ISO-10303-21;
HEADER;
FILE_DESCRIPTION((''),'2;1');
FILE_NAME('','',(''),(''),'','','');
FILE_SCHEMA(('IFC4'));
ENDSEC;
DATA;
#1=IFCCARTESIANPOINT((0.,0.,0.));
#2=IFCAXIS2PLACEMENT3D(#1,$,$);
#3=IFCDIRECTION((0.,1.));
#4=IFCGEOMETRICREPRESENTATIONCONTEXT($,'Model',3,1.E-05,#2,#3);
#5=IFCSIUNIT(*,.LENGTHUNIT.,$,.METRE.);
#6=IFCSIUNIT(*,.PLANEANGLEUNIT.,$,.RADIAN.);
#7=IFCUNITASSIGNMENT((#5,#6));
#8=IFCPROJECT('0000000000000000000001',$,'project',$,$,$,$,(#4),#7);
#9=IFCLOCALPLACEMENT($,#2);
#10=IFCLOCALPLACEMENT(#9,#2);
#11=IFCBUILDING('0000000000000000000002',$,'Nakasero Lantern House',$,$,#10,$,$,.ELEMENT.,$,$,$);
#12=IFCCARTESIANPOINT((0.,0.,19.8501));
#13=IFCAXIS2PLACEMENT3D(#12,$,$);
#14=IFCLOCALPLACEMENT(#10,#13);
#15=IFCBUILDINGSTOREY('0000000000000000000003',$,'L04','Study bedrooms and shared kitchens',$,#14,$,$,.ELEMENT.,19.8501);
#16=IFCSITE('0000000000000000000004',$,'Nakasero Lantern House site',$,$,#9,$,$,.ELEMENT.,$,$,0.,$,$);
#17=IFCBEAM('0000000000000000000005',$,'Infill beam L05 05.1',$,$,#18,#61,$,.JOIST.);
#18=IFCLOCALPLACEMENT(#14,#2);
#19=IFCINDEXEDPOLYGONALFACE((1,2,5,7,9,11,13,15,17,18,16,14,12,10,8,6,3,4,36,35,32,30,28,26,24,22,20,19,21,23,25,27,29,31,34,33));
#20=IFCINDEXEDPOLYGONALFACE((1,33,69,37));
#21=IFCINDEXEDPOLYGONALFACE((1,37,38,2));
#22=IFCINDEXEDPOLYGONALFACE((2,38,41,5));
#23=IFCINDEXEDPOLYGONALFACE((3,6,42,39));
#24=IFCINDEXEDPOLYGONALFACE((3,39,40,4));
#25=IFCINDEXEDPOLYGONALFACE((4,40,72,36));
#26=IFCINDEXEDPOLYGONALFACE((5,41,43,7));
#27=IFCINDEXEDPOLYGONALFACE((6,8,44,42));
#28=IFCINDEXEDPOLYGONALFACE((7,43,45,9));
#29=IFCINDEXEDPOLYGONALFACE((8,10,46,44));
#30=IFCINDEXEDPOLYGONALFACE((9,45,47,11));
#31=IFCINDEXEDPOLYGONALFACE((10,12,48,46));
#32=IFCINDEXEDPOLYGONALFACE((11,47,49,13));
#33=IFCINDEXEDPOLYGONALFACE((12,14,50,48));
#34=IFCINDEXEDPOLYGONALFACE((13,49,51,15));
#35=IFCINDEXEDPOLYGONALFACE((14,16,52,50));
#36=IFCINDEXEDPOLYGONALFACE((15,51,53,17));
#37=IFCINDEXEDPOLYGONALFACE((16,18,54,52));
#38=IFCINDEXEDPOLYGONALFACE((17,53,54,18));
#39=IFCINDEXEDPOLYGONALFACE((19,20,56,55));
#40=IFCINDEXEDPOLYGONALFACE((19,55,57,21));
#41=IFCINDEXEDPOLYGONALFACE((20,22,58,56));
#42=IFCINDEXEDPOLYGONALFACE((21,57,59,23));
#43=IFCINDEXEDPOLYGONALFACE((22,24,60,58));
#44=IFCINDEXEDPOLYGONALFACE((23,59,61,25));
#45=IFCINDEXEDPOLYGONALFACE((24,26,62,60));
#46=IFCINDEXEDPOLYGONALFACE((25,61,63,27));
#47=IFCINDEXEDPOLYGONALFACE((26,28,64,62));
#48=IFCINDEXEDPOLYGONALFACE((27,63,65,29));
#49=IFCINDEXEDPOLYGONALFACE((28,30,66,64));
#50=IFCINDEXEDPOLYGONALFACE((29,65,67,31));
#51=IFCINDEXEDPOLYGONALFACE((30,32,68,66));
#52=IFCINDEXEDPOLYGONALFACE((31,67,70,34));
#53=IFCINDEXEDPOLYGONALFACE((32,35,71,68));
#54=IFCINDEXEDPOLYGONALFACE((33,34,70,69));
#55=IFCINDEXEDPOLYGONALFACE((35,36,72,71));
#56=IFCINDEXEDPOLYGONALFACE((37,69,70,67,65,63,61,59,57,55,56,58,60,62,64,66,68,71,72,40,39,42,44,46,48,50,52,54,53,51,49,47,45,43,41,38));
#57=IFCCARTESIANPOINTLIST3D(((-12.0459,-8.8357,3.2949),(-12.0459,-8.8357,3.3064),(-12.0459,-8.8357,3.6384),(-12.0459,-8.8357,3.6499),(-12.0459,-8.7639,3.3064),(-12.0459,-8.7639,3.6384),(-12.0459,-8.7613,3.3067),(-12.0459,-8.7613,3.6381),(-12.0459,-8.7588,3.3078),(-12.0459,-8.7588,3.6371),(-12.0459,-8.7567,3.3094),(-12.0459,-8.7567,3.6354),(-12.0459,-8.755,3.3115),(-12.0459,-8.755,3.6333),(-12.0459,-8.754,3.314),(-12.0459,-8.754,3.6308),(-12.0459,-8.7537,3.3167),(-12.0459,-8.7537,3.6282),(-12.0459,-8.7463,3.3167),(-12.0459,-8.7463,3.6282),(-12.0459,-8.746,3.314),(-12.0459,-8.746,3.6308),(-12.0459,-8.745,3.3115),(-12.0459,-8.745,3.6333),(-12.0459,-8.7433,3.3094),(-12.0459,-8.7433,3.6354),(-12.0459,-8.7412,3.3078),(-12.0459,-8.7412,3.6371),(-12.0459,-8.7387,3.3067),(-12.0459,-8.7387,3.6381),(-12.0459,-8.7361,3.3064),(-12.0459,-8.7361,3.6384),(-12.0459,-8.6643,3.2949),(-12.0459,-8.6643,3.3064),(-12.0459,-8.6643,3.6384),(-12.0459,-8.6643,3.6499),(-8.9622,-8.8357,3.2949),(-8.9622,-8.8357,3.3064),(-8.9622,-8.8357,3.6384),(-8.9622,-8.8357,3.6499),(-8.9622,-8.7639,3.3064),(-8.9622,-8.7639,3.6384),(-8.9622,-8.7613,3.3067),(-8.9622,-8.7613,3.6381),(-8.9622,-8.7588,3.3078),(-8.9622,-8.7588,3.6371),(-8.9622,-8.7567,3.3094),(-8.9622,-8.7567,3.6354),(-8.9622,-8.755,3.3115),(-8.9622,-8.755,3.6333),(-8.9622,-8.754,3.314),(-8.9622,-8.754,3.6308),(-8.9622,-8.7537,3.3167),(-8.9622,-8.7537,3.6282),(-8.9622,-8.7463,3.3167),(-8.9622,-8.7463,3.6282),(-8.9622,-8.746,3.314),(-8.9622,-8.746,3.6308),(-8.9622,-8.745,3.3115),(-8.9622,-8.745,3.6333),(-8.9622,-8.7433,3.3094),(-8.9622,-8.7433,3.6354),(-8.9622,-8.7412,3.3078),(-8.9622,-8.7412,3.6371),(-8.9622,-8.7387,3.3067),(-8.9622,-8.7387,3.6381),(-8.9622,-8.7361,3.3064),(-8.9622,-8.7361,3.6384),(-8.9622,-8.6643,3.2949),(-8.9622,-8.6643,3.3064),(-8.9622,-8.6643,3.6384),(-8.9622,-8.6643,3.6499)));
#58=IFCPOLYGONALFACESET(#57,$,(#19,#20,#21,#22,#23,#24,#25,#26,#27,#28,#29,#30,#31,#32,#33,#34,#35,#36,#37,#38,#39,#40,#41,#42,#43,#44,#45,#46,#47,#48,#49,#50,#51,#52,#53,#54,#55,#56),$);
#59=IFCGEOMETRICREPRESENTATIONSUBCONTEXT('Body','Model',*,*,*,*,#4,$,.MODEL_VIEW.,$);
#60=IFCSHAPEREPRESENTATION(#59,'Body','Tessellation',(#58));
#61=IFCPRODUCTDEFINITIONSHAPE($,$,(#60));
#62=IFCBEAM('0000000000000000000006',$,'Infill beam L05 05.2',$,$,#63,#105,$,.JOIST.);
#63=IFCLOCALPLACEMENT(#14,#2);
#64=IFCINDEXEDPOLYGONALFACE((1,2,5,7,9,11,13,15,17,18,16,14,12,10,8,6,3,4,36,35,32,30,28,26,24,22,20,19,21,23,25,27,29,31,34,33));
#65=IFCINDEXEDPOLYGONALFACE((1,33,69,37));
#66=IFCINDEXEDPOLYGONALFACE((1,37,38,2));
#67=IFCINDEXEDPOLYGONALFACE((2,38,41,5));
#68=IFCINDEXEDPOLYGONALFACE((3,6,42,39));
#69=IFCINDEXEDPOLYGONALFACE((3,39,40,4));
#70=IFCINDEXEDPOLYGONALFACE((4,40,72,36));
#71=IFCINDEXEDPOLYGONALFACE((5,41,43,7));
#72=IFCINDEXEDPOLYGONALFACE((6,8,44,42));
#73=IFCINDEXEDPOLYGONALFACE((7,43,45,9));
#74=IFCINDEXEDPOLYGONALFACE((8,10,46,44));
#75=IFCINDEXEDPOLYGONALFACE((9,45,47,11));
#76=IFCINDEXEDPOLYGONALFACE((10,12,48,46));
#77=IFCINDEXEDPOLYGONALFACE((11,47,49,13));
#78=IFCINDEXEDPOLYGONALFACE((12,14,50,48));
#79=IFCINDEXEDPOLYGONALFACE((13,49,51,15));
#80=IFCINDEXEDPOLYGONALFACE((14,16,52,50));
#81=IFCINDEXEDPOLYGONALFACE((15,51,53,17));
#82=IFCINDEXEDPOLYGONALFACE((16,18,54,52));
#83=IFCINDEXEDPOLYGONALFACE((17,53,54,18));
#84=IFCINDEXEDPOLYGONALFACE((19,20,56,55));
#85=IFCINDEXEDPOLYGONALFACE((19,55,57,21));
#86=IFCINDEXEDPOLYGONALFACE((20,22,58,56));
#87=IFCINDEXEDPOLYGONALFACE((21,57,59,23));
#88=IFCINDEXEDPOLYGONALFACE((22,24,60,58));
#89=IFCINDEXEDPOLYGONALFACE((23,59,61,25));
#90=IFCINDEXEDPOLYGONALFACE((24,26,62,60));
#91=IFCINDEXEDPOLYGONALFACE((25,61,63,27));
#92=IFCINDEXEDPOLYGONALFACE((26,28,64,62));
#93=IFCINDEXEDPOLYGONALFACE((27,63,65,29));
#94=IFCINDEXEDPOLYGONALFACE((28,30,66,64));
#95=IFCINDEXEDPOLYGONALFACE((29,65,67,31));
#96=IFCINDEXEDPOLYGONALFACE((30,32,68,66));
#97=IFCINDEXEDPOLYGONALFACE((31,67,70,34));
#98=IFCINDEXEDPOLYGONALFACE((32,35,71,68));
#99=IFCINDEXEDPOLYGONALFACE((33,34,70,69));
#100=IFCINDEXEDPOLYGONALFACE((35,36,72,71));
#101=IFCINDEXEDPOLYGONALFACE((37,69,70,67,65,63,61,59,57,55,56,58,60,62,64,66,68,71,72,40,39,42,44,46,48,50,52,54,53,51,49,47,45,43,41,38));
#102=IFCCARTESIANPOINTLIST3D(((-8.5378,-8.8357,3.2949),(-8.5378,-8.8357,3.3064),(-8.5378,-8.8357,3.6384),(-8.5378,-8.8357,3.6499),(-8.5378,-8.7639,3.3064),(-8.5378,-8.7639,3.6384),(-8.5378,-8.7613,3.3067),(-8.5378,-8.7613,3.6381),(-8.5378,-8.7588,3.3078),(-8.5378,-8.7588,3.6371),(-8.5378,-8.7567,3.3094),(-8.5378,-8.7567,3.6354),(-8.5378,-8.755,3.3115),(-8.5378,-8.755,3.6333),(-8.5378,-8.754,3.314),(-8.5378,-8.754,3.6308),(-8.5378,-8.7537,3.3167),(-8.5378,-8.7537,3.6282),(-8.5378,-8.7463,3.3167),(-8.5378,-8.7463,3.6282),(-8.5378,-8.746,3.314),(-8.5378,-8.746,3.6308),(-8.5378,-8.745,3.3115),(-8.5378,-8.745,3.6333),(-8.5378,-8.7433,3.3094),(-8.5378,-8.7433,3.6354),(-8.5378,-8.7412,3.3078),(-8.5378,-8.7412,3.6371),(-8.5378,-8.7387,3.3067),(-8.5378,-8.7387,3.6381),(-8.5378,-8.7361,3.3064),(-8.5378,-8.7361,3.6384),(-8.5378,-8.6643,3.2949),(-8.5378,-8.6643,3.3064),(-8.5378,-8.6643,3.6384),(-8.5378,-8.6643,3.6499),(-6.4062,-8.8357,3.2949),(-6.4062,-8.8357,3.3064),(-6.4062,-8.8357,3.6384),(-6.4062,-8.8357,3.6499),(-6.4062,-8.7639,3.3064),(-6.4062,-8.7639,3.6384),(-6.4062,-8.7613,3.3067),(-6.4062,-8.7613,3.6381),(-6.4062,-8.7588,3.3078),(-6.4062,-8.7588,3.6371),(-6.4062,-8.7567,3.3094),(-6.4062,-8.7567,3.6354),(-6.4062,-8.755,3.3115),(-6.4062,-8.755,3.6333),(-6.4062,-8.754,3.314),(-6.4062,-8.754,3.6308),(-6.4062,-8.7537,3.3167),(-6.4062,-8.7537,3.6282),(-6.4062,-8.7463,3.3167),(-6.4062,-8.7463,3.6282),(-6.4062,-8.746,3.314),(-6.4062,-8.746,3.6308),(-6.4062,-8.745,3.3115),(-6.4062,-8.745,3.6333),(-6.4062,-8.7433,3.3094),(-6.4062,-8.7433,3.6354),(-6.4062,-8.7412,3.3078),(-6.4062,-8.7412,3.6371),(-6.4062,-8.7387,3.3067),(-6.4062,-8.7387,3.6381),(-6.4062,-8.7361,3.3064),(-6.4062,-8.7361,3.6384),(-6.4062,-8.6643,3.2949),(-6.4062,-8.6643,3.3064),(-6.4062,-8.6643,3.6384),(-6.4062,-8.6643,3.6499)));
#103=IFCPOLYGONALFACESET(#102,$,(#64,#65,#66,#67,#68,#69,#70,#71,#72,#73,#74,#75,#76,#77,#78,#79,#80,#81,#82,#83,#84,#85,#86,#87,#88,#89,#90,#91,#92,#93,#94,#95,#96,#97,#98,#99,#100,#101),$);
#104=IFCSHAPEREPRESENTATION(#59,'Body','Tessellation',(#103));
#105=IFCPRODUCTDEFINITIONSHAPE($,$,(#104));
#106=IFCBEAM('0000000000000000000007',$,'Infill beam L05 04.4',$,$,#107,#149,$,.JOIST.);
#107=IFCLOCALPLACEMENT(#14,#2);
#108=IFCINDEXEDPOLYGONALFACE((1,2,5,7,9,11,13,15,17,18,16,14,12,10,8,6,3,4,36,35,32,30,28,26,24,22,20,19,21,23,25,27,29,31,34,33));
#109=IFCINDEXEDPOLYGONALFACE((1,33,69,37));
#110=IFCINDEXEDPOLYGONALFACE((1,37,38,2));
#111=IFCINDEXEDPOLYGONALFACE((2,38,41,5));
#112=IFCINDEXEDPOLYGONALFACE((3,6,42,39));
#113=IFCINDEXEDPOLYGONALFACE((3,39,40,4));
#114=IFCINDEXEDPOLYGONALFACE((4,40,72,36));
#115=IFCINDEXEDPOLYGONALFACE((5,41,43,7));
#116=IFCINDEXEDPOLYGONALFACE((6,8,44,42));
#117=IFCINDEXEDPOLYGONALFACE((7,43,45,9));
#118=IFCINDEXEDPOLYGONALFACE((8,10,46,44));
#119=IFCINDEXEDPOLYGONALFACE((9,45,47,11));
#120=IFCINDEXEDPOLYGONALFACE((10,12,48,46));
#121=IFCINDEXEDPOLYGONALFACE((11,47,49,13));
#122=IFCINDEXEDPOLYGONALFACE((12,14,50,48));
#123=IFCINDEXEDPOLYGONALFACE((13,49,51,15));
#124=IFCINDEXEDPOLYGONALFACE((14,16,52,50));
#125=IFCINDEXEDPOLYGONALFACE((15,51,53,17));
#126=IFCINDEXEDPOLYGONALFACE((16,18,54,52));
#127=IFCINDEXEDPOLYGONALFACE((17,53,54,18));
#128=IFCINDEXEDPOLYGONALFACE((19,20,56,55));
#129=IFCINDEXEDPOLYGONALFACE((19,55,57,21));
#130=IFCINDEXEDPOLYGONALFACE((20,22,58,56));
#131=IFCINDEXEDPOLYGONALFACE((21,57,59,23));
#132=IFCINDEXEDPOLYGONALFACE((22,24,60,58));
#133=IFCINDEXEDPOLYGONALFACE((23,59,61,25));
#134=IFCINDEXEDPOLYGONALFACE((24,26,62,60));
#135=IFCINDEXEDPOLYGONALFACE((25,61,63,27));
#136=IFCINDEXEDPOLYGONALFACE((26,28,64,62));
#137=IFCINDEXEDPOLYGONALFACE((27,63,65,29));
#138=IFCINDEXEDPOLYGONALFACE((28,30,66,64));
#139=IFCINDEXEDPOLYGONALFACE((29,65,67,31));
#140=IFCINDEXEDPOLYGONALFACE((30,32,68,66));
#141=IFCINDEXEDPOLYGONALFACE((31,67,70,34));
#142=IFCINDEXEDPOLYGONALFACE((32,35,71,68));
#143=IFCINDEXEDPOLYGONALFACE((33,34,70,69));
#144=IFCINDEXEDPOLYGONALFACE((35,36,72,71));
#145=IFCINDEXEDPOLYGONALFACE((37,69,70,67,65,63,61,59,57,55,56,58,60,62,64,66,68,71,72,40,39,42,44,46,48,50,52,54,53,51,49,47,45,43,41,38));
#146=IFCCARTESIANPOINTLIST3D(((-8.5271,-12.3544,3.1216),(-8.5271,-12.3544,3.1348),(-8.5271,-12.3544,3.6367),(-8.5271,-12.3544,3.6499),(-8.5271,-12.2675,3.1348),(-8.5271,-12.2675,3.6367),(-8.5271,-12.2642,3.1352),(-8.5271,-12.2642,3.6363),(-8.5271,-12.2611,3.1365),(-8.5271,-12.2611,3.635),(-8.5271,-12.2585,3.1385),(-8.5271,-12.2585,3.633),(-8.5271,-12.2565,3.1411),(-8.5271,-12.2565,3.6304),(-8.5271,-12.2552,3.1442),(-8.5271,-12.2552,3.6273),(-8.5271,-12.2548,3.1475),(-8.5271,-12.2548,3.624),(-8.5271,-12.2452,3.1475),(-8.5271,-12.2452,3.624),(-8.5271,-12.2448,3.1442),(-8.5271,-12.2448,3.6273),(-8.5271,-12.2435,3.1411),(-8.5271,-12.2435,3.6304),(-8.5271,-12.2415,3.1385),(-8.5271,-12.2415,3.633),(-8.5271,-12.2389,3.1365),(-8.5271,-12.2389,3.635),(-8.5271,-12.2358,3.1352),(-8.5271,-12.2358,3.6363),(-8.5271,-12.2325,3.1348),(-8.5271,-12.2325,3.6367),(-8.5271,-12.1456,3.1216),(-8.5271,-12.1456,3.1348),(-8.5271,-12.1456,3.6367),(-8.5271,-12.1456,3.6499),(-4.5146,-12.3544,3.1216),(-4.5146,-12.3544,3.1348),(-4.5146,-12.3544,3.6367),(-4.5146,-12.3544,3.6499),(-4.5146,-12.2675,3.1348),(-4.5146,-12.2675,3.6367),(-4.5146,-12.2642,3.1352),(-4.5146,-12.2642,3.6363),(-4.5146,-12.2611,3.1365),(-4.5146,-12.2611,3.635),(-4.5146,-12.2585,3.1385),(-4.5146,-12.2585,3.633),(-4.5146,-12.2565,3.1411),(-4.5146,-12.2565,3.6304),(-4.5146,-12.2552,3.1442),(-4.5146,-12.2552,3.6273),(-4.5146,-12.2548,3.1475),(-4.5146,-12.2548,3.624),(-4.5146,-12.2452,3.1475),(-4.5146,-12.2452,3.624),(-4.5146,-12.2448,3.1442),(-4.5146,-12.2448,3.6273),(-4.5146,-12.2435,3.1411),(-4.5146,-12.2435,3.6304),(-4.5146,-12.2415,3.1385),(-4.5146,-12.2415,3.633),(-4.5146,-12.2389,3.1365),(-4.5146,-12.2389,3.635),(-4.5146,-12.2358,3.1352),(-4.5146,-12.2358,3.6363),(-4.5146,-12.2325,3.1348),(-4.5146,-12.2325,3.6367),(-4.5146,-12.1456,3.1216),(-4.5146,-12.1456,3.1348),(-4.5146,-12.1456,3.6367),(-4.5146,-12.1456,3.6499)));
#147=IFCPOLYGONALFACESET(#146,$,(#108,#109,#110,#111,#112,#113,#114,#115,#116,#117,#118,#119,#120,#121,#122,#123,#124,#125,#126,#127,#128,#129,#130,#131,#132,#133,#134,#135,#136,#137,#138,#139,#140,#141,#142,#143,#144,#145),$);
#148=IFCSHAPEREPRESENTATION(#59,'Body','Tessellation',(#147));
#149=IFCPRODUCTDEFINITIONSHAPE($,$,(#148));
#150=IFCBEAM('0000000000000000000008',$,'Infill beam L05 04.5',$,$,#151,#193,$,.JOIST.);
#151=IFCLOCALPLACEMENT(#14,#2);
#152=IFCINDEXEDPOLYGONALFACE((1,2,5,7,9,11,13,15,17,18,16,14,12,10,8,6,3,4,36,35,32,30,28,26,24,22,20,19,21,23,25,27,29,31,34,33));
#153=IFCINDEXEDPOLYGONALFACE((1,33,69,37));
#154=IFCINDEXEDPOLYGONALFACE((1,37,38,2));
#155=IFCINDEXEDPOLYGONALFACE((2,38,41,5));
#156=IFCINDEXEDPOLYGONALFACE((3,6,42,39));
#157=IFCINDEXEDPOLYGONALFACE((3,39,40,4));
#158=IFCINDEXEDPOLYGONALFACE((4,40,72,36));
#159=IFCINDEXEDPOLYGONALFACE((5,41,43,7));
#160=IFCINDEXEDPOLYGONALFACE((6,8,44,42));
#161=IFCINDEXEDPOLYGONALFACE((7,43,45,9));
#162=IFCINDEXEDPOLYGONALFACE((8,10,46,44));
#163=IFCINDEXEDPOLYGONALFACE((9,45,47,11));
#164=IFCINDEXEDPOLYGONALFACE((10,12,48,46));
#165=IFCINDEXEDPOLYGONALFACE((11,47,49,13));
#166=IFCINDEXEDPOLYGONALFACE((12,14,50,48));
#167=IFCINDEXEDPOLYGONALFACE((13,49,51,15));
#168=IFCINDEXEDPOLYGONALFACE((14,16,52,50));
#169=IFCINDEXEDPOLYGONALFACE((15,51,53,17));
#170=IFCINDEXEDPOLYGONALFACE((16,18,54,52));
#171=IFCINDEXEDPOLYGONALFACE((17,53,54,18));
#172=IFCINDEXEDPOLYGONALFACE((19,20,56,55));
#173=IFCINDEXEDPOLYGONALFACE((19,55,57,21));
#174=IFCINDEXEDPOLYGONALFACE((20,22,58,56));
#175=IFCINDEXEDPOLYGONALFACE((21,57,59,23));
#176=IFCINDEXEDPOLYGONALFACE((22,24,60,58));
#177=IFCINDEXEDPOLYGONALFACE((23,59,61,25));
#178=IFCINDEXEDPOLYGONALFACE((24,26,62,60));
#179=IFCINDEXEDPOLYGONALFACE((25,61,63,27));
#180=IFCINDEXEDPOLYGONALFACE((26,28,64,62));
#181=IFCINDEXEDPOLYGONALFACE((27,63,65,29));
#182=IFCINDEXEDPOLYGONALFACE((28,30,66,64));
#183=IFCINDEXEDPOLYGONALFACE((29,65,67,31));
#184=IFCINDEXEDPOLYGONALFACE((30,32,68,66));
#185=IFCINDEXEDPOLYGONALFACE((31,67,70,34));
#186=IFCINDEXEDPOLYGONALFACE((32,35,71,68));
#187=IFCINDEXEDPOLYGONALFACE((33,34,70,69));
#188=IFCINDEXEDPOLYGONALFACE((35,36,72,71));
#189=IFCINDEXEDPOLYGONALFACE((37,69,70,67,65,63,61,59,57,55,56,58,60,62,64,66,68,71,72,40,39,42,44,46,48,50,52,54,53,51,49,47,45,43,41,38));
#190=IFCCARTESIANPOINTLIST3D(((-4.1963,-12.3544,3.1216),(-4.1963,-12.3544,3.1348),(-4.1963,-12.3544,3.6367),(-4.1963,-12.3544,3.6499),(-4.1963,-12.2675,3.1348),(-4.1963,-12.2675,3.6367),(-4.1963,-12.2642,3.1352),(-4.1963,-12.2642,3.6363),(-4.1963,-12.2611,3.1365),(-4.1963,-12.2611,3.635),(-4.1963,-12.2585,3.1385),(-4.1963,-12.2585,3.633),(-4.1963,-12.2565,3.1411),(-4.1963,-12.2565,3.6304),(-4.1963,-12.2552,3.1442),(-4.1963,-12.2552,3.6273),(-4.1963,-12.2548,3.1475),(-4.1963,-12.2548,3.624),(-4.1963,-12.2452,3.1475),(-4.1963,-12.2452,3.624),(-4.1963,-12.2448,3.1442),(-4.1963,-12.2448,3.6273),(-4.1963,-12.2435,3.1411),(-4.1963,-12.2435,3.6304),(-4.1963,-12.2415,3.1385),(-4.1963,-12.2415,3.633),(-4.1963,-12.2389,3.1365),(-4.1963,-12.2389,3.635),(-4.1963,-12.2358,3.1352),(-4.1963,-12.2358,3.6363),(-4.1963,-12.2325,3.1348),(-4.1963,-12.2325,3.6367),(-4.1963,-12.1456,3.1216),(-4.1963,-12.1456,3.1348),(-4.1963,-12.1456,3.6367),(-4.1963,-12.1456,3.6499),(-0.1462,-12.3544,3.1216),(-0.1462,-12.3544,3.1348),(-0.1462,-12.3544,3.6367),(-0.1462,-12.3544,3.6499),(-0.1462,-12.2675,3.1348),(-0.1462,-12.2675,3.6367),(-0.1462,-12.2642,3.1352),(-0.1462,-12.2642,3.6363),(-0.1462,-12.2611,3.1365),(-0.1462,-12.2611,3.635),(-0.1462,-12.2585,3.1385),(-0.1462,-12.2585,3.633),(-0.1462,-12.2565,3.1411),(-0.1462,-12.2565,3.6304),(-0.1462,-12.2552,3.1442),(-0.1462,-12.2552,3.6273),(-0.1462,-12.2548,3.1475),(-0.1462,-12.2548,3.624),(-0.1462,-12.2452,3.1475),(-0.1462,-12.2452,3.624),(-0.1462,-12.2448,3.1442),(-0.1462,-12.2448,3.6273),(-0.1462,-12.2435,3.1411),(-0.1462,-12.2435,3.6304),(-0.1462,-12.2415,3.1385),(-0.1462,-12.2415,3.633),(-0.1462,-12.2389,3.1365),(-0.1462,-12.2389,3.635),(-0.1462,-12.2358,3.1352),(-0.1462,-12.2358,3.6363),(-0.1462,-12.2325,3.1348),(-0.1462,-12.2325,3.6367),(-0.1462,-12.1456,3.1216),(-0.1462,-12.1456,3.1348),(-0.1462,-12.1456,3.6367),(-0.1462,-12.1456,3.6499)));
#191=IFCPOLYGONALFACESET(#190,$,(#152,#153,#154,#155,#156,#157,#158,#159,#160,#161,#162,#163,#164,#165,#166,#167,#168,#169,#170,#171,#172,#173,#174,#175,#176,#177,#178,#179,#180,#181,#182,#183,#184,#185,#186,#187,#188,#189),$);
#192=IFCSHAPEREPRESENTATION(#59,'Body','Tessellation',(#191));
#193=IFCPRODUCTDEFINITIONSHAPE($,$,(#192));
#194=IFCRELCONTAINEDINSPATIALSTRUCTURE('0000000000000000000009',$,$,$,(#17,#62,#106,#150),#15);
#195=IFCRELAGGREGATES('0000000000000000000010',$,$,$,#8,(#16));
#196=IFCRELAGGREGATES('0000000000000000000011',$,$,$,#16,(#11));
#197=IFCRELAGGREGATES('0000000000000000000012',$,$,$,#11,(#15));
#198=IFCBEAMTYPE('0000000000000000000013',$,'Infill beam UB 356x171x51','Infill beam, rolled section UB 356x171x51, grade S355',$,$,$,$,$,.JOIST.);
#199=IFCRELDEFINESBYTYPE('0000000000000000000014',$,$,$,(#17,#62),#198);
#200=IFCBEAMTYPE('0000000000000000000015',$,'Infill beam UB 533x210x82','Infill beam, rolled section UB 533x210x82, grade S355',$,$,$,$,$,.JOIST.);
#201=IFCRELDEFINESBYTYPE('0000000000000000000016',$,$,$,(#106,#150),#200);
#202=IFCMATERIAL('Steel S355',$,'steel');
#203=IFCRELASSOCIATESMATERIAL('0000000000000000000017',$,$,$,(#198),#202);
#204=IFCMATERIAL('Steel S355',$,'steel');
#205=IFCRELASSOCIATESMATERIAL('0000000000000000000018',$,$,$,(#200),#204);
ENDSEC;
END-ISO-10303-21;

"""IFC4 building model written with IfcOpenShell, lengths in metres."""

from ifc_helpers import new_model, si_unit, direction, frame, origin, origin_2d, place, context, subcontext, project, spatial, i_section, extrude, material, material_profile, profile_set, type_object, element, save


model = new_model("IFC4")

# Units and contexts
model_context = context("Model", 3, precision=1e-05, world=origin(), true_north=direction((0.0, 1.0)))
body_context = subcontext(model_context, "Body", "Model", "MODEL_VIEW")
ifc_project = project(units=[si_unit("LENGTHUNIT", "METRE"), si_unit("PLANEANGLEUNIT", "RADIAN")], contexts=[model_context])

# Site, building, storey
site_placement = place(None, origin())
site = spatial("IfcSite", under=ifc_project, at=site_placement, Name="Nakasero Lantern House site", CompositionType="ELEMENT", RefElevation=0.0)
building_placement = place(site_placement, origin())
building = spatial("IfcBuilding", under=site, at=building_placement, Name="Nakasero Lantern House", CompositionType="ELEMENT")
storey_placement = place(building_placement, frame((0.0, 0.0, 19.8501)))
storey = spatial("IfcBuildingStorey", under=building, at=storey_placement, Name="L04", Description="Study bedrooms and shared kitchens", CompositionType="ELEMENT", Elevation=19.8501)

# Beams
ifc_material_1 = material(Name="Steel S355", Category="steel")
ifc_material_profile_1 = material_profile(ifc_material_1, i_section(OverallWidth=0.1714, OverallDepth=0.355, WebThickness=0.0073, FlangeThickness=0.0115, FilletRadius=0.0103, at=origin_2d()), Name="UB 356x171x51")
ifc_profile_set_1 = profile_set([ifc_material_profile_1], Name="Steel S355")
beam_type_1 = type_object("IfcBeamType", Name="Infill beam UB 356x171x51", Description="Infill beam, rolled section UB 356x171x51, grade S355", PredefinedType="JOIST", material=ifc_profile_set_1)
beam_1_placement = place(storey_placement, frame((-12.0459, -8.75, 3.4724), z_axis=(1.0, 0.0, 0.0), x_axis=(0.0, 1.0, 0.0)))
element("IfcBeam", 1, at=beam_1_placement, inside=storey, type_object=beam_type_1, Name="Infill beam L05 05.1", PredefinedType="JOIST", context=body_context, shape_type="SweptSolid", body=[
    extrude(i_section(OverallWidth=0.1714, OverallDepth=0.355, WebThickness=0.0073, FlangeThickness=0.0115, FilletRadius=0.0103, at=origin_2d()), origin(), (0.0, 0.0, 1.0), 3.0837),
])
beam_2_placement = place(storey_placement, frame((-8.5378, -8.75, 3.4724), z_axis=(1.0, 0.0, 0.0), x_axis=(0.0, 1.0, 0.0)))
element("IfcBeam", 2, at=beam_2_placement, inside=storey, type_object=beam_type_1, Name="Infill beam L05 05.2", PredefinedType="JOIST", context=body_context, shape_type="SweptSolid", body=[
    extrude(i_section(OverallWidth=0.1714, OverallDepth=0.355, WebThickness=0.0073, FlangeThickness=0.0115, FilletRadius=0.0103, at=origin_2d()), origin(), (0.0, 0.0, 1.0), 2.1316),
])
ifc_material_2 = material(Name="Steel S355", Category="steel")
ifc_material_profile_2 = material_profile(ifc_material_2, i_section(OverallWidth=0.2087, OverallDepth=0.5283, WebThickness=0.0095, FlangeThickness=0.0132, FilletRadius=0.0127, at=origin_2d()), Name="UB 533x210x82")
ifc_profile_set_2 = profile_set([ifc_material_profile_2], Name="Steel S355")
beam_type_2 = type_object("IfcBeamType", Name="Infill beam UB 533x210x82", Description="Infill beam, rolled section UB 533x210x82, grade S355", PredefinedType="JOIST", material=ifc_profile_set_2)
beam_3_placement = place(storey_placement, frame((-8.5271, -12.25, 3.3857), z_axis=(1.0, 0.0, 0.0), x_axis=(0.0, 1.0, 0.0)))
element("IfcBeam", 3, at=beam_3_placement, inside=storey, type_object=beam_type_2, Name="Infill beam L05 04.4", PredefinedType="JOIST", context=body_context, shape_type="SweptSolid", body=[
    extrude(i_section(OverallWidth=0.2087, OverallDepth=0.5283, WebThickness=0.0095, FlangeThickness=0.0132, FilletRadius=0.0127, at=origin_2d()), origin(), (0.0, 0.0, 1.0), 4.0125),
])
beam_4_placement = place(storey_placement, frame((-4.1963, -12.25, 3.3857), z_axis=(1.0, 0.0, 0.0), x_axis=(0.0, 1.0, 0.0)))
element("IfcBeam", 4, at=beam_4_placement, inside=storey, type_object=beam_type_2, Name="Infill beam L05 04.5", PredefinedType="JOIST", context=body_context, shape_type="SweptSolid", body=[
    extrude(i_section(OverallWidth=0.2087, OverallDepth=0.5283, WebThickness=0.0095, FlangeThickness=0.0132, FilletRadius=0.0127, at=origin_2d()), origin(), (0.0, 0.0, 1.0), 4.05),
])

save(model, "model.ifc")
